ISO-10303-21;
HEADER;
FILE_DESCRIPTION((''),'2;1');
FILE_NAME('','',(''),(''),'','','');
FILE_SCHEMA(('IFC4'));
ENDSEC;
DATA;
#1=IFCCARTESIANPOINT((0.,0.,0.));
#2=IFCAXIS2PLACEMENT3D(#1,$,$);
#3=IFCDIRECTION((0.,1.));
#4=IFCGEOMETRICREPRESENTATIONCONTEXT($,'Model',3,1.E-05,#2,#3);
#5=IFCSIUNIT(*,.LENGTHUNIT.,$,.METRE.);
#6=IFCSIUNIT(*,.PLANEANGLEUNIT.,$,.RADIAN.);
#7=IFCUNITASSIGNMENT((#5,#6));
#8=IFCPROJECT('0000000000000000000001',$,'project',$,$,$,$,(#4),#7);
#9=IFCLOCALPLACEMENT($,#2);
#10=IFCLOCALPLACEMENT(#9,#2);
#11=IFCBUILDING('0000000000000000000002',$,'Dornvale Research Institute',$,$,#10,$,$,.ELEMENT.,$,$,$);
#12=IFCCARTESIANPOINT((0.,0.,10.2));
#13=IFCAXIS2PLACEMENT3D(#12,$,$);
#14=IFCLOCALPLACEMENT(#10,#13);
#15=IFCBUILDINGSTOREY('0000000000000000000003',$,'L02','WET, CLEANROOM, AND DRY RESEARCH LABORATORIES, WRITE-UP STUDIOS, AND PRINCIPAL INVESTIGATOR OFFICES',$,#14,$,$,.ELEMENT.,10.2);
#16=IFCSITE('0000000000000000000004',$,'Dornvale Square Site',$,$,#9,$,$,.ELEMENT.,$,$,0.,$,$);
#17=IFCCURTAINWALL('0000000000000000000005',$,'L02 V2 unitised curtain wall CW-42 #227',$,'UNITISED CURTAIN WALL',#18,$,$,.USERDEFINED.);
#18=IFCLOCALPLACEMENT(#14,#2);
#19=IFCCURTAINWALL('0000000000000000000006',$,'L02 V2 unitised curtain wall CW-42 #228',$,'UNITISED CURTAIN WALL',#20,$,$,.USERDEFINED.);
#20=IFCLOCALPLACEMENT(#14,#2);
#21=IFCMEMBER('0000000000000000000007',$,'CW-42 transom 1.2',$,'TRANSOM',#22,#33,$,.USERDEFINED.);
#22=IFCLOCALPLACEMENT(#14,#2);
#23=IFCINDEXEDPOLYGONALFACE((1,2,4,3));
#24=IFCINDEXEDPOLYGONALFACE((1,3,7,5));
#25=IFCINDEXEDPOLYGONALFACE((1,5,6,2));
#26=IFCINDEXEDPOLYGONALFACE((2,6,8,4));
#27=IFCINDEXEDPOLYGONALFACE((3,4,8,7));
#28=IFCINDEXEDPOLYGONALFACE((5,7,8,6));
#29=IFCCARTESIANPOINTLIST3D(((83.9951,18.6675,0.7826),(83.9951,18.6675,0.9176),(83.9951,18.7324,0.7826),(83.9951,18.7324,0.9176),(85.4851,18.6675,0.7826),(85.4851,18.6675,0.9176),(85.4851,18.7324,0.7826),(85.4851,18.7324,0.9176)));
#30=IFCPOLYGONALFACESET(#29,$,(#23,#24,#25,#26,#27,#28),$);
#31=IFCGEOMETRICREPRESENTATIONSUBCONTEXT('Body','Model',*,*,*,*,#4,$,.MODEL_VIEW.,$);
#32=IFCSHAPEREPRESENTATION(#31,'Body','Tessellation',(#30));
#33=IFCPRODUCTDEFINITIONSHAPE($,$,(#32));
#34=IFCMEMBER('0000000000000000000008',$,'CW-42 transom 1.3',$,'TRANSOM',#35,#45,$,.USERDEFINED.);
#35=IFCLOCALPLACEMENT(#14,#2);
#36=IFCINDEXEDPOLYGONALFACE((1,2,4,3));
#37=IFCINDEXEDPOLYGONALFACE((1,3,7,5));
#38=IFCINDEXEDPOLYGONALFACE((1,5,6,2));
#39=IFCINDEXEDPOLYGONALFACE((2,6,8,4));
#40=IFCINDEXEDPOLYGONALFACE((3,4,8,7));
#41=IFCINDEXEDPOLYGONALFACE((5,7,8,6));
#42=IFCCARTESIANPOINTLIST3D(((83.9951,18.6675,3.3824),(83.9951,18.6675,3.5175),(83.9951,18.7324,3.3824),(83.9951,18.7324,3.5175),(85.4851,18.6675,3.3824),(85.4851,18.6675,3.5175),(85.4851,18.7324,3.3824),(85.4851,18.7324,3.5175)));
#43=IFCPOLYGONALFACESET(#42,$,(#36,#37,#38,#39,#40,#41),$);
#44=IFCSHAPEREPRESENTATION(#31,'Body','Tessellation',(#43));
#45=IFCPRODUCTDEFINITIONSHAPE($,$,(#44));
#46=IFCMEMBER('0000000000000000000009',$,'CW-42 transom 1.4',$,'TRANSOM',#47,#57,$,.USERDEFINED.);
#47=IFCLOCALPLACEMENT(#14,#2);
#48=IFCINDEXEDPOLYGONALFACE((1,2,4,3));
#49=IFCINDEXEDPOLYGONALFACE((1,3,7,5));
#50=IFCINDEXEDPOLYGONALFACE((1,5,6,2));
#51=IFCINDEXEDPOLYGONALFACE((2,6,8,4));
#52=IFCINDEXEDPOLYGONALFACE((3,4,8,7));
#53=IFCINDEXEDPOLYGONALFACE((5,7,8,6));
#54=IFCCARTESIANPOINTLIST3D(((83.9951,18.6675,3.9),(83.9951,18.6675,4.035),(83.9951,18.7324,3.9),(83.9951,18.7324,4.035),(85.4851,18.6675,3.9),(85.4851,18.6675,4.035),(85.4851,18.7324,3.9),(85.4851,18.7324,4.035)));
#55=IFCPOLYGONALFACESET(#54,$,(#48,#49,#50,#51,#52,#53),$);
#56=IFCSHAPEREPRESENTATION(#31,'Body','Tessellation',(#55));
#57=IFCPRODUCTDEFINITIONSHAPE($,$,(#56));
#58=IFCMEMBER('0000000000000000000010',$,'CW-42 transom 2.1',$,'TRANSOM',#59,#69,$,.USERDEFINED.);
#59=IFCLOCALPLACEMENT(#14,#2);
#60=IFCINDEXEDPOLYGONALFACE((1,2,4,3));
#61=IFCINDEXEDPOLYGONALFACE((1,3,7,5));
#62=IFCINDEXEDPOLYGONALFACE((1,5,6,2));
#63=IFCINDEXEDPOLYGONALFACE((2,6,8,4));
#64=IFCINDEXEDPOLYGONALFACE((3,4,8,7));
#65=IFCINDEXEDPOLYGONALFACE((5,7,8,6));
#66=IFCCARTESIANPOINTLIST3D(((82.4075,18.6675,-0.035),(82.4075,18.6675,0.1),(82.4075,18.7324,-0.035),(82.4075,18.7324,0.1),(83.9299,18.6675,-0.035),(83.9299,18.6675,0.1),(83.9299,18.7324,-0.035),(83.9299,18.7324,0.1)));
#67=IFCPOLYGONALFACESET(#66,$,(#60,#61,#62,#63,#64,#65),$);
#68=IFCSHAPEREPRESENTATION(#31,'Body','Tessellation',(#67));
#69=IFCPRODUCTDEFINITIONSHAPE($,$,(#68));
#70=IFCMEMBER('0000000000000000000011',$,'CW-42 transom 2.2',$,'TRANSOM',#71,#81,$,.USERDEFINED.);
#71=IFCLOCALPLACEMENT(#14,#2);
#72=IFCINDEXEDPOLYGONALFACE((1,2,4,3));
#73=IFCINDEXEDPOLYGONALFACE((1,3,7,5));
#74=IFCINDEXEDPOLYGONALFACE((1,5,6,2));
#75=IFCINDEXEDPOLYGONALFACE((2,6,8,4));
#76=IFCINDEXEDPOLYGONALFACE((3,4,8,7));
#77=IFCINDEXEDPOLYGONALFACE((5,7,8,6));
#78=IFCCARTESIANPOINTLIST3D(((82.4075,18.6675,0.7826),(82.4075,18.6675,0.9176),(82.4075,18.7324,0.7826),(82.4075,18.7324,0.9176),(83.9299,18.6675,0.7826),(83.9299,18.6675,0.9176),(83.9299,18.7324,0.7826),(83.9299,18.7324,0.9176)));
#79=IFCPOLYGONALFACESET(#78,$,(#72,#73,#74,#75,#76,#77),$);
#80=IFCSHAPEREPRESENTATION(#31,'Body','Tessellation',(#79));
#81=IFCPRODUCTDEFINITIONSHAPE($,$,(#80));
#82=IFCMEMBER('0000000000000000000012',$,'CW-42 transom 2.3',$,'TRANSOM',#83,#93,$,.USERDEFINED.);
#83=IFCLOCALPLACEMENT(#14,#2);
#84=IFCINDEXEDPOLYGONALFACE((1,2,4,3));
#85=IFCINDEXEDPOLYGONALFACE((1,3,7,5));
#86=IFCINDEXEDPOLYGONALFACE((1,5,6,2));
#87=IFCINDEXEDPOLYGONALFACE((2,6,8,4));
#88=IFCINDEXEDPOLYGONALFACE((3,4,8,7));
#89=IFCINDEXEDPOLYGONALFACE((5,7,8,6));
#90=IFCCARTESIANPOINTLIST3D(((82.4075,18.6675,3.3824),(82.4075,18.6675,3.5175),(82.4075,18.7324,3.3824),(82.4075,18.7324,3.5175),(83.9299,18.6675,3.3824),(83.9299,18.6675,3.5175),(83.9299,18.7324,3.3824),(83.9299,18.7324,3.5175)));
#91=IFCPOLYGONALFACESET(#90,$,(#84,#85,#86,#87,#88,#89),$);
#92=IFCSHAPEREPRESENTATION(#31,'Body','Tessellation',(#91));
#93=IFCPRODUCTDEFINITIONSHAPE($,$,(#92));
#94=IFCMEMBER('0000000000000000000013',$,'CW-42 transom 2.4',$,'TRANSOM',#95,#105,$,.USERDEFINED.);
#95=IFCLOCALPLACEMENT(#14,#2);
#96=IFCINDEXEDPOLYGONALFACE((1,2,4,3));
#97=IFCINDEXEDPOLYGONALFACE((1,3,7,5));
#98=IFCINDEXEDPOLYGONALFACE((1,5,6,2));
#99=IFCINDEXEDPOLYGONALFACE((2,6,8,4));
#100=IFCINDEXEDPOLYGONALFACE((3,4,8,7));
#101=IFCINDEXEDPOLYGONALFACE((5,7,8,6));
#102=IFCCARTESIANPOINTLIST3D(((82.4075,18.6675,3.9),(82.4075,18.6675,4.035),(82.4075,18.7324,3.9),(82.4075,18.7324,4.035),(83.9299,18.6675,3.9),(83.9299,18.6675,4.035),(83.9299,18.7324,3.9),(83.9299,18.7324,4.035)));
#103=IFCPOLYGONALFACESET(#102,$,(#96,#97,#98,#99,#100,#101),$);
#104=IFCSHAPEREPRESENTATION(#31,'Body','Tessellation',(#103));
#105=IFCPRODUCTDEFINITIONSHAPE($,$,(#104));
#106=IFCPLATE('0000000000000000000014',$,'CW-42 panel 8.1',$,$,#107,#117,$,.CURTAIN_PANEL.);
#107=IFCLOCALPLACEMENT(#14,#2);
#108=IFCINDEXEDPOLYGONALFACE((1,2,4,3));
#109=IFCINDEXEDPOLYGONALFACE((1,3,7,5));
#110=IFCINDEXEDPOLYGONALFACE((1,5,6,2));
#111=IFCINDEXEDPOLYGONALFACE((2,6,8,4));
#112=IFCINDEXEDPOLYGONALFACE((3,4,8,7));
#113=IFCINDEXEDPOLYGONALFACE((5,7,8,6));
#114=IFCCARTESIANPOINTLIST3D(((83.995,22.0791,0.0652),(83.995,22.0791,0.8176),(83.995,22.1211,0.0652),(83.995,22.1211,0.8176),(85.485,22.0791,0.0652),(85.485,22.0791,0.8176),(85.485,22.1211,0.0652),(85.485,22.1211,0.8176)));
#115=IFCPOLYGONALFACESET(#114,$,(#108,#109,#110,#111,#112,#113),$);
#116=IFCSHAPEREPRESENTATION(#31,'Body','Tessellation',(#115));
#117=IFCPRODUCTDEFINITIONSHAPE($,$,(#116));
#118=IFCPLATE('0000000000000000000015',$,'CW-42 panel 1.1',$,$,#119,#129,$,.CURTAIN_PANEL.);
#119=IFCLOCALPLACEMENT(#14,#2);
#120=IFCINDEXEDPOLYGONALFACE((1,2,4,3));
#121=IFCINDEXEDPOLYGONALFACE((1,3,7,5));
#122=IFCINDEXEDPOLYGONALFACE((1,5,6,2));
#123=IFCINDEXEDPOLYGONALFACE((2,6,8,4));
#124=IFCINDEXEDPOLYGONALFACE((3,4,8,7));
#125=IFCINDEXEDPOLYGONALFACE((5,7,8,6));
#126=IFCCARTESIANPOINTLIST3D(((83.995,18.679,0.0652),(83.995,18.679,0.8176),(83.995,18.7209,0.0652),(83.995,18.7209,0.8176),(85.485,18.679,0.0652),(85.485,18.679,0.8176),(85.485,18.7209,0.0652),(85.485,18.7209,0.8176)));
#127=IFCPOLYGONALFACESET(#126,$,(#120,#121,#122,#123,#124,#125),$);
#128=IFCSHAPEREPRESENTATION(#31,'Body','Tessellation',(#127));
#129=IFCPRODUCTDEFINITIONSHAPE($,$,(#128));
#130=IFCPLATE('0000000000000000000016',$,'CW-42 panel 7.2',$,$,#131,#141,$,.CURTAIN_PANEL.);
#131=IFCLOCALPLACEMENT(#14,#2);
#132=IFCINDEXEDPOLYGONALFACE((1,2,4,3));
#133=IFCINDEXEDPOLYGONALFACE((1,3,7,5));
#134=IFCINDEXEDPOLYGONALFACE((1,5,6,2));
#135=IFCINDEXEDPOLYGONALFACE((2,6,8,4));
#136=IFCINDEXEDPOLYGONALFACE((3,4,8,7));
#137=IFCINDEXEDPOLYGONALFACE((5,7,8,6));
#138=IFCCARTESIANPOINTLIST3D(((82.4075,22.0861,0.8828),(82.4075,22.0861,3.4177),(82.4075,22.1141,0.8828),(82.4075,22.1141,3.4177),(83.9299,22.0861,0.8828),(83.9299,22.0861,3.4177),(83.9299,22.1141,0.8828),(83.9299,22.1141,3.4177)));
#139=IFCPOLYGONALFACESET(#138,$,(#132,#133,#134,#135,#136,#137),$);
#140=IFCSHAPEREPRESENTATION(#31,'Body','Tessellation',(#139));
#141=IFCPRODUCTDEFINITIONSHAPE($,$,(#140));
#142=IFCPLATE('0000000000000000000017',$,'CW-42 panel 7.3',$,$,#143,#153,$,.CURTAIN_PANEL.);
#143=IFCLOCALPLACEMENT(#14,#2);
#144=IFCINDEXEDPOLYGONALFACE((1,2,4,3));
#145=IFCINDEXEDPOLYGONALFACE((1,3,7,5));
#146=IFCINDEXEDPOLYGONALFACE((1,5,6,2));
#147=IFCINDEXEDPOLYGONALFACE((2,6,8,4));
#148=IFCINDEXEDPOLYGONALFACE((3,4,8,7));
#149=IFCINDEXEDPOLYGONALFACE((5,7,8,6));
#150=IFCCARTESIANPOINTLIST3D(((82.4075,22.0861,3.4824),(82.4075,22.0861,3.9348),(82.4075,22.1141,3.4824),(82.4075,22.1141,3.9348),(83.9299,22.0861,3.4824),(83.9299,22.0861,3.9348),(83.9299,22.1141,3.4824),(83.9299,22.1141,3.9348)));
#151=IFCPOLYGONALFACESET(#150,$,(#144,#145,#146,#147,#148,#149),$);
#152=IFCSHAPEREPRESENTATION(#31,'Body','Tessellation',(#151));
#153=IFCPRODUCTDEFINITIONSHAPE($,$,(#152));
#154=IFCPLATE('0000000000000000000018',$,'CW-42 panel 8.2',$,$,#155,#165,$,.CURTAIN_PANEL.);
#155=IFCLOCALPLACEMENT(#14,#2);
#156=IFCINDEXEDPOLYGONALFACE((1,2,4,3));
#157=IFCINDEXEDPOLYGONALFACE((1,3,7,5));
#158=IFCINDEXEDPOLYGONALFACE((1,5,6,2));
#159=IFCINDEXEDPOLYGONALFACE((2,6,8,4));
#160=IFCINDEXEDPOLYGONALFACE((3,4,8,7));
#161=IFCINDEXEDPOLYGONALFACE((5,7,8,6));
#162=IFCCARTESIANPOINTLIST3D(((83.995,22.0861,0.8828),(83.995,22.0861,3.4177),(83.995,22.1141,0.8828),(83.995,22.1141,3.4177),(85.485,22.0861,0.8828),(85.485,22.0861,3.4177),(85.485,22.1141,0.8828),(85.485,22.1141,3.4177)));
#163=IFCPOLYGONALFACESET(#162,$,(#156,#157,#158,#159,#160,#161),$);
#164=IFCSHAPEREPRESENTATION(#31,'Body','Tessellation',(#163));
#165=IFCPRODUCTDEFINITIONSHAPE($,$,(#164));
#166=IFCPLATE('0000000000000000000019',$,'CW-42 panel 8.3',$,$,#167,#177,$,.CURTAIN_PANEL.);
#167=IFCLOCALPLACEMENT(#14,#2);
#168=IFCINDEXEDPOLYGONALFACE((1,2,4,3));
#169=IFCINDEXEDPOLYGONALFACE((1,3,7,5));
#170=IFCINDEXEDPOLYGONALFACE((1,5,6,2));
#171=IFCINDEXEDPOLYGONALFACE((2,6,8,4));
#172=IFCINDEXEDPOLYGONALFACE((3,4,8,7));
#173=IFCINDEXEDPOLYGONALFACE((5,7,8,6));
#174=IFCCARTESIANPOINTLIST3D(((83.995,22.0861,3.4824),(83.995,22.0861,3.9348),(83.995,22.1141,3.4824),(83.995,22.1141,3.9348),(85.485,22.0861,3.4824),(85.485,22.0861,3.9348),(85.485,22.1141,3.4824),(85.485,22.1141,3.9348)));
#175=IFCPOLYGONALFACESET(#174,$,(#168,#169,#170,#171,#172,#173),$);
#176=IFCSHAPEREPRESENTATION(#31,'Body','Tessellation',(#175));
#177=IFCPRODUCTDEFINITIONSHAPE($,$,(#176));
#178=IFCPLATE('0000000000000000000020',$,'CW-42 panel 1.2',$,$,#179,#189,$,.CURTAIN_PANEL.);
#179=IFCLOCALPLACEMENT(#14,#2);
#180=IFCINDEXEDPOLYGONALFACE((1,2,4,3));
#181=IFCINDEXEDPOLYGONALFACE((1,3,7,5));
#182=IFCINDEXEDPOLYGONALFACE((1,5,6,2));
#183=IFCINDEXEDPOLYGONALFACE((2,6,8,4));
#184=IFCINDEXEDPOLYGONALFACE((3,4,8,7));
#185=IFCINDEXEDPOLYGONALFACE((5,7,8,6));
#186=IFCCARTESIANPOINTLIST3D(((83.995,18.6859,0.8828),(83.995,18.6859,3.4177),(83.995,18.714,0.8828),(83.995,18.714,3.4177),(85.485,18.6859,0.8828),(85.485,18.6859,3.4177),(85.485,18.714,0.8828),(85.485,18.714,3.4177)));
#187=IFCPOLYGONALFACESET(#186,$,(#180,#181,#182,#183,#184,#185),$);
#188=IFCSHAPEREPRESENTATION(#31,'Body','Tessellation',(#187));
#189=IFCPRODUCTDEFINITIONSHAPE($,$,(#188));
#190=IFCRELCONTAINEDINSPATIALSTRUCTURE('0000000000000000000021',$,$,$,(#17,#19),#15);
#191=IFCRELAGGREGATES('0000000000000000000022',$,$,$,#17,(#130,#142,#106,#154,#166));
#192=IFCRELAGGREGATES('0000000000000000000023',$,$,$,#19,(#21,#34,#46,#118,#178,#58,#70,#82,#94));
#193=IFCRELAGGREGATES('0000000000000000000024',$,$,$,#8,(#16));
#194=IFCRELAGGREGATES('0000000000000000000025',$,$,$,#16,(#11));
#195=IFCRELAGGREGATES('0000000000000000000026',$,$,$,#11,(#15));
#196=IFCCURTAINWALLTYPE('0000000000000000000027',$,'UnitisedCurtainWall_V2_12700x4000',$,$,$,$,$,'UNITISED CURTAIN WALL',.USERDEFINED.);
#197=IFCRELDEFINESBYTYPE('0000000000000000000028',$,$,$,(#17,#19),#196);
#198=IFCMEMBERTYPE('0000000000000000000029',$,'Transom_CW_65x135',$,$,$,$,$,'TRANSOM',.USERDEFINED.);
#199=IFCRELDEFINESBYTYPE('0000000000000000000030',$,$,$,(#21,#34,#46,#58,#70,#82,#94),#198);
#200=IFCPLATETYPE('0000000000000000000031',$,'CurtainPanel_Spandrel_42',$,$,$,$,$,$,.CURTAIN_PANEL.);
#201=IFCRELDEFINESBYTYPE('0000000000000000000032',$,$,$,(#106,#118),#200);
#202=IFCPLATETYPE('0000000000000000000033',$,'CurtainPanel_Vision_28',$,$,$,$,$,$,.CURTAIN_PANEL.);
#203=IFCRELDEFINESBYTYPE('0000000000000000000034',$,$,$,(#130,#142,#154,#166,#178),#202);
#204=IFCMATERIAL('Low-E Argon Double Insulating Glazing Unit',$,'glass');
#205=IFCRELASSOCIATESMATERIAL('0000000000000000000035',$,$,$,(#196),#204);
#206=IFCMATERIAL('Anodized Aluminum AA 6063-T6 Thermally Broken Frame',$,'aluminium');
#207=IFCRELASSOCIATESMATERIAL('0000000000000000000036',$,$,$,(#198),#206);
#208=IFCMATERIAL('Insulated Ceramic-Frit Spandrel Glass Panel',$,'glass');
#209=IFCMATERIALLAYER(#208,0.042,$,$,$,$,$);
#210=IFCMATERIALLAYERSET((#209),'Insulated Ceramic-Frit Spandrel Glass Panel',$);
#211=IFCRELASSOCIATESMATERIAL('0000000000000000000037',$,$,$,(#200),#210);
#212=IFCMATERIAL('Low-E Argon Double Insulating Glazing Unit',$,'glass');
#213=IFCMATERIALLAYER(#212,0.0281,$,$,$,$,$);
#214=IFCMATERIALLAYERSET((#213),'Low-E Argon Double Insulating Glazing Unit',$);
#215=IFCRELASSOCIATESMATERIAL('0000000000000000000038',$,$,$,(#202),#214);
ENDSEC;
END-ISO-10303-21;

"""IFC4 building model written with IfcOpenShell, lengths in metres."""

from ifc_helpers import new_model, si_unit, direction, frame, origin, origin_2d, place, context, subcontext, project, spatial, rectangle, extrude, material, layer, layer_set, material_profile, profile_set, type_object, element, aggregate, save


model = new_model("IFC4")

# Units and contexts
model_context = context("Model", 3, precision=1e-05, world=origin(), true_north=direction((0.0, 1.0)))
body_context = subcontext(model_context, "Body", "Model", "MODEL_VIEW")
ifc_project = project(units=[si_unit("LENGTHUNIT", "METRE"), si_unit("PLANEANGLEUNIT", "RADIAN")], contexts=[model_context])

# Site, building, storey
site_placement = place(None, origin())
site = spatial("IfcSite", under=ifc_project, at=site_placement, Name="Dornvale Square Site", CompositionType="ELEMENT", RefElevation=0.0)
building_placement = place(site_placement, origin())
building = spatial("IfcBuilding", under=site, at=building_placement, Name="Dornvale Research Institute", CompositionType="ELEMENT")
storey_placement = place(building_placement, frame((0.0, 0.0, 10.2)))
storey = spatial("IfcBuildingStorey", under=building, at=storey_placement, Name="L02", Description="WET, CLEANROOM, AND DRY RESEARCH LABORATORIES, WRITE-UP STUDIOS, AND PRINCIPAL INVESTIGATOR OFFICES", CompositionType="ELEMENT", Elevation=10.2)

# Curtain walls
ifc_material_1 = material(Name="Low-E Argon Double Insulating Glazing Unit", Category="glass")
curtain_wall_type = type_object("IfcCurtainWallType", Name="UnitisedCurtainWall_V2_12700x4000", ElementType="UNITISED CURTAIN WALL", PredefinedType="USERDEFINED", material=ifc_material_1)
curtain_wall_1_placement = place(storey_placement, origin())
curtain_wall_1 = element("IfcCurtainWall", 1, at=curtain_wall_1_placement, inside=storey, type_object=curtain_wall_type, Name="L02 V2 unitised curtain wall CW-42 #227", ObjectType="UNITISED CURTAIN WALL", PredefinedType="USERDEFINED")
curtain_wall_2_placement = place(storey_placement, origin())
curtain_wall_2 = element("IfcCurtainWall", 2, at=curtain_wall_2_placement, inside=storey, type_object=curtain_wall_type, Name="L02 V2 unitised curtain wall CW-42 #228", ObjectType="UNITISED CURTAIN WALL", PredefinedType="USERDEFINED")

# Members
ifc_material_2 = material(Name="Anodized Aluminum AA 6063-T6 Thermally Broken Frame", Category="aluminium")
ifc_material_profile_1 = material_profile(ifc_material_2, rectangle(XDim=0.0649, YDim=0.135, at=origin_2d()), Name="ALU TRANSOM 65x135")
ifc_profile_set_1 = profile_set([ifc_material_profile_1], Name="Anodized Aluminum AA 6063-T6 Thermally Broken Frame")
member_type_1 = type_object("IfcMemberType", Name="Transom_CW_65x135", ElementType="TRANSOM", PredefinedType="USERDEFINED", material=ifc_profile_set_1)
member_1_placement = place(storey_placement, frame((85.4851, 18.7, 0.8501), z_axis=(-1.0, 0.0, 0.0), x_axis=(0.0, -1.0, 0.0)))
member_1 = element("IfcMember", 3, at=member_1_placement, type_object=member_type_1, Name="CW-42 transom 1.2", ObjectType="TRANSOM", PredefinedType="USERDEFINED", context=body_context, shape_type="SweptSolid", body=[
    extrude(rectangle(XDim=0.0649, YDim=0.135, at=origin_2d()), origin(), (0.0, 0.0, 1.0), 1.49),
])
member_2_placement = place(storey_placement, frame((85.4851, 18.7, 3.45), z_axis=(-1.0, 0.0, 0.0), x_axis=(0.0, -1.0, 0.0)))
member_2 = element("IfcMember", 4, at=member_2_placement, type_object=member_type_1, Name="CW-42 transom 1.3", ObjectType="TRANSOM", PredefinedType="USERDEFINED", context=body_context, shape_type="SweptSolid", body=[
    extrude(rectangle(XDim=0.0649, YDim=0.135, at=origin_2d()), origin(), (0.0, 0.0, 1.0), 1.49),
])
member_3_placement = place(storey_placement, frame((85.4851, 18.7, 3.9675), z_axis=(-1.0, 0.0, 0.0), x_axis=(0.0, -1.0, 0.0)))
member_3 = element("IfcMember", 5, at=member_3_placement, type_object=member_type_1, Name="CW-42 transom 1.4", ObjectType="TRANSOM", PredefinedType="USERDEFINED", context=body_context, shape_type="SweptSolid", body=[
    extrude(rectangle(XDim=0.0649, YDim=0.135, at=origin_2d()), origin(), (0.0, 0.0, 1.0), 1.49),
])
member_4_placement = place(storey_placement, frame((83.9299, 18.7, 0.0325), z_axis=(-1.0, 0.0, 0.0), x_axis=(0.0, -1.0, 0.0)))
member_4 = element("IfcMember", 6, at=member_4_placement, type_object=member_type_1, Name="CW-42 transom 2.1", ObjectType="TRANSOM", PredefinedType="USERDEFINED", context=body_context, shape_type="SweptSolid", body=[
    extrude(rectangle(XDim=0.0649, YDim=0.135, at=origin_2d()), origin(), (0.0, 0.0, 1.0), 1.5225),
])
member_5_placement = place(storey_placement, frame((83.9299, 18.7, 0.8501), z_axis=(-1.0, 0.0, 0.0), x_axis=(0.0, -1.0, 0.0)))
member_5 = element("IfcMember", 7, at=member_5_placement, type_object=member_type_1, Name="CW-42 transom 2.2", ObjectType="TRANSOM", PredefinedType="USERDEFINED", context=body_context, shape_type="SweptSolid", body=[
    extrude(rectangle(XDim=0.0649, YDim=0.135, at=origin_2d()), origin(), (0.0, 0.0, 1.0), 1.5225),
])
member_6_placement = place(storey_placement, frame((83.9299, 18.7, 3.45), z_axis=(-1.0, 0.0, 0.0), x_axis=(0.0, -1.0, 0.0)))
member_6 = element("IfcMember", 8, at=member_6_placement, type_object=member_type_1, Name="CW-42 transom 2.3", ObjectType="TRANSOM", PredefinedType="USERDEFINED", context=body_context, shape_type="SweptSolid", body=[
    extrude(rectangle(XDim=0.0649, YDim=0.135, at=origin_2d()), origin(), (0.0, 0.0, 1.0), 1.5225),
])
member_7_placement = place(storey_placement, frame((83.9299, 18.7, 3.9675), z_axis=(-1.0, 0.0, 0.0), x_axis=(0.0, -1.0, 0.0)))
member_7 = element("IfcMember", 9, at=member_7_placement, type_object=member_type_1, Name="CW-42 transom 2.4", ObjectType="TRANSOM", PredefinedType="USERDEFINED", context=body_context, shape_type="SweptSolid", body=[
    extrude(rectangle(XDim=0.0649, YDim=0.135, at=origin_2d()), origin(), (0.0, 0.0, 1.0), 1.5225),
])

# Plates
ifc_material_3 = material(Name="Insulated Ceramic-Frit Spandrel Glass Panel", Category="glass")
ifc_layer_1 = layer(ifc_material_3, 0.042)
ifc_layer_set_1 = layer_set([ifc_layer_1], Name="Insulated Ceramic-Frit Spandrel Glass Panel")
plate_type_1 = type_object("IfcPlateType", Name="CurtainPanel_Spandrel_42", PredefinedType="CURTAIN_PANEL", material=ifc_layer_set_1)
plate_1_placement = place(storey_placement, frame((84.74, 22.1001, 0.0652), z_axis=(0.0, 0.0, 1.0), x_axis=(1.0, 0.0, 0.0)))
plate_1 = element("IfcPlate", 10, at=plate_1_placement, type_object=plate_type_1, Name="CW-42 panel 8.1", PredefinedType="CURTAIN_PANEL", context=body_context, shape_type="SweptSolid", body=[
    extrude(rectangle(XDim=1.49, YDim=0.042, at=origin_2d()), origin(), (0.0, 0.0, 1.0), 0.7524),
])
plate_2_placement = place(storey_placement, frame((84.74, 18.7, 0.0652), z_axis=(0.0, 0.0, 1.0), x_axis=(-1.0, 0.0, 0.0)))
plate_2 = element("IfcPlate", 11, at=plate_2_placement, type_object=plate_type_1, Name="CW-42 panel 1.1", PredefinedType="CURTAIN_PANEL", context=body_context, shape_type="SweptSolid", body=[
    extrude(rectangle(XDim=1.49, YDim=0.042, at=origin_2d()), origin(), (0.0, 0.0, 1.0), 0.7524),
])
ifc_material_4 = material(Name="Low-E Argon Double Insulating Glazing Unit", Category="glass")
ifc_layer_2 = layer(ifc_material_4, 0.0281)
ifc_layer_set_2 = layer_set([ifc_layer_2], Name="Low-E Argon Double Insulating Glazing Unit")
plate_type_2 = type_object("IfcPlateType", Name="CurtainPanel_Vision_28", PredefinedType="CURTAIN_PANEL", material=ifc_layer_set_2)
plate_3_placement = place(storey_placement, frame((83.1687, 22.1001, 0.8828), z_axis=(0.0, 0.0, 1.0), x_axis=(1.0, 0.0, 0.0)))
plate_3 = element("IfcPlate", 12, at=plate_3_placement, type_object=plate_type_2, Name="CW-42 panel 7.2", PredefinedType="CURTAIN_PANEL", context=body_context, shape_type="SweptSolid", body=[
    extrude(rectangle(XDim=1.5225, YDim=0.0281, at=origin_2d()), origin(), (0.0, 0.0, 1.0), 2.5349),
])
plate_4_placement = place(storey_placement, frame((83.1687, 22.1001, 3.4824), z_axis=(0.0, 0.0, 1.0), x_axis=(1.0, 0.0, 0.0)))
plate_4 = element("IfcPlate", 13, at=plate_4_placement, type_object=plate_type_2, Name="CW-42 panel 7.3", PredefinedType="CURTAIN_PANEL", context=body_context, shape_type="SweptSolid", body=[
    extrude(rectangle(XDim=1.5225, YDim=0.0281, at=origin_2d()), origin(), (0.0, 0.0, 1.0), 0.4524),
])
plate_5_placement = place(storey_placement, frame((84.74, 22.1001, 0.8828), z_axis=(0.0, 0.0, 1.0), x_axis=(1.0, 0.0, 0.0)))
plate_5 = element("IfcPlate", 14, at=plate_5_placement, type_object=plate_type_2, Name="CW-42 panel 8.2", PredefinedType="CURTAIN_PANEL", context=body_context, shape_type="SweptSolid", body=[
    extrude(rectangle(XDim=1.49, YDim=0.0281, at=origin_2d()), origin(), (0.0, 0.0, 1.0), 2.5349),
])
plate_6_placement = place(storey_placement, frame((84.74, 22.1001, 3.4824), z_axis=(0.0, 0.0, 1.0), x_axis=(1.0, 0.0, 0.0)))
plate_6 = element("IfcPlate", 15, at=plate_6_placement, type_object=plate_type_2, Name="CW-42 panel 8.3", PredefinedType="CURTAIN_PANEL", context=body_context, shape_type="SweptSolid", body=[
    extrude(rectangle(XDim=1.49, YDim=0.0281, at=origin_2d()), origin(), (0.0, 0.0, 1.0), 0.4524),
])
aggregate(curtain_wall_1, [plate_3, plate_4, plate_1, plate_5, plate_6])
plate_7_placement = place(storey_placement, frame((84.74, 18.7, 0.8828), z_axis=(0.0, 0.0, 1.0), x_axis=(-1.0, 0.0, 0.0)))
plate_7 = element("IfcPlate", 16, at=plate_7_placement, type_object=plate_type_2, Name="CW-42 panel 1.2", PredefinedType="CURTAIN_PANEL", context=body_context, shape_type="SweptSolid", body=[
    extrude(rectangle(XDim=1.49, YDim=0.0281, at=origin_2d()), origin(), (0.0, 0.0, 1.0), 2.5349),
])
aggregate(curtain_wall_2, [member_1, member_2, member_3, plate_2, plate_7, member_4, member_5, member_6, member_7])

save(model, "model.ifc")
